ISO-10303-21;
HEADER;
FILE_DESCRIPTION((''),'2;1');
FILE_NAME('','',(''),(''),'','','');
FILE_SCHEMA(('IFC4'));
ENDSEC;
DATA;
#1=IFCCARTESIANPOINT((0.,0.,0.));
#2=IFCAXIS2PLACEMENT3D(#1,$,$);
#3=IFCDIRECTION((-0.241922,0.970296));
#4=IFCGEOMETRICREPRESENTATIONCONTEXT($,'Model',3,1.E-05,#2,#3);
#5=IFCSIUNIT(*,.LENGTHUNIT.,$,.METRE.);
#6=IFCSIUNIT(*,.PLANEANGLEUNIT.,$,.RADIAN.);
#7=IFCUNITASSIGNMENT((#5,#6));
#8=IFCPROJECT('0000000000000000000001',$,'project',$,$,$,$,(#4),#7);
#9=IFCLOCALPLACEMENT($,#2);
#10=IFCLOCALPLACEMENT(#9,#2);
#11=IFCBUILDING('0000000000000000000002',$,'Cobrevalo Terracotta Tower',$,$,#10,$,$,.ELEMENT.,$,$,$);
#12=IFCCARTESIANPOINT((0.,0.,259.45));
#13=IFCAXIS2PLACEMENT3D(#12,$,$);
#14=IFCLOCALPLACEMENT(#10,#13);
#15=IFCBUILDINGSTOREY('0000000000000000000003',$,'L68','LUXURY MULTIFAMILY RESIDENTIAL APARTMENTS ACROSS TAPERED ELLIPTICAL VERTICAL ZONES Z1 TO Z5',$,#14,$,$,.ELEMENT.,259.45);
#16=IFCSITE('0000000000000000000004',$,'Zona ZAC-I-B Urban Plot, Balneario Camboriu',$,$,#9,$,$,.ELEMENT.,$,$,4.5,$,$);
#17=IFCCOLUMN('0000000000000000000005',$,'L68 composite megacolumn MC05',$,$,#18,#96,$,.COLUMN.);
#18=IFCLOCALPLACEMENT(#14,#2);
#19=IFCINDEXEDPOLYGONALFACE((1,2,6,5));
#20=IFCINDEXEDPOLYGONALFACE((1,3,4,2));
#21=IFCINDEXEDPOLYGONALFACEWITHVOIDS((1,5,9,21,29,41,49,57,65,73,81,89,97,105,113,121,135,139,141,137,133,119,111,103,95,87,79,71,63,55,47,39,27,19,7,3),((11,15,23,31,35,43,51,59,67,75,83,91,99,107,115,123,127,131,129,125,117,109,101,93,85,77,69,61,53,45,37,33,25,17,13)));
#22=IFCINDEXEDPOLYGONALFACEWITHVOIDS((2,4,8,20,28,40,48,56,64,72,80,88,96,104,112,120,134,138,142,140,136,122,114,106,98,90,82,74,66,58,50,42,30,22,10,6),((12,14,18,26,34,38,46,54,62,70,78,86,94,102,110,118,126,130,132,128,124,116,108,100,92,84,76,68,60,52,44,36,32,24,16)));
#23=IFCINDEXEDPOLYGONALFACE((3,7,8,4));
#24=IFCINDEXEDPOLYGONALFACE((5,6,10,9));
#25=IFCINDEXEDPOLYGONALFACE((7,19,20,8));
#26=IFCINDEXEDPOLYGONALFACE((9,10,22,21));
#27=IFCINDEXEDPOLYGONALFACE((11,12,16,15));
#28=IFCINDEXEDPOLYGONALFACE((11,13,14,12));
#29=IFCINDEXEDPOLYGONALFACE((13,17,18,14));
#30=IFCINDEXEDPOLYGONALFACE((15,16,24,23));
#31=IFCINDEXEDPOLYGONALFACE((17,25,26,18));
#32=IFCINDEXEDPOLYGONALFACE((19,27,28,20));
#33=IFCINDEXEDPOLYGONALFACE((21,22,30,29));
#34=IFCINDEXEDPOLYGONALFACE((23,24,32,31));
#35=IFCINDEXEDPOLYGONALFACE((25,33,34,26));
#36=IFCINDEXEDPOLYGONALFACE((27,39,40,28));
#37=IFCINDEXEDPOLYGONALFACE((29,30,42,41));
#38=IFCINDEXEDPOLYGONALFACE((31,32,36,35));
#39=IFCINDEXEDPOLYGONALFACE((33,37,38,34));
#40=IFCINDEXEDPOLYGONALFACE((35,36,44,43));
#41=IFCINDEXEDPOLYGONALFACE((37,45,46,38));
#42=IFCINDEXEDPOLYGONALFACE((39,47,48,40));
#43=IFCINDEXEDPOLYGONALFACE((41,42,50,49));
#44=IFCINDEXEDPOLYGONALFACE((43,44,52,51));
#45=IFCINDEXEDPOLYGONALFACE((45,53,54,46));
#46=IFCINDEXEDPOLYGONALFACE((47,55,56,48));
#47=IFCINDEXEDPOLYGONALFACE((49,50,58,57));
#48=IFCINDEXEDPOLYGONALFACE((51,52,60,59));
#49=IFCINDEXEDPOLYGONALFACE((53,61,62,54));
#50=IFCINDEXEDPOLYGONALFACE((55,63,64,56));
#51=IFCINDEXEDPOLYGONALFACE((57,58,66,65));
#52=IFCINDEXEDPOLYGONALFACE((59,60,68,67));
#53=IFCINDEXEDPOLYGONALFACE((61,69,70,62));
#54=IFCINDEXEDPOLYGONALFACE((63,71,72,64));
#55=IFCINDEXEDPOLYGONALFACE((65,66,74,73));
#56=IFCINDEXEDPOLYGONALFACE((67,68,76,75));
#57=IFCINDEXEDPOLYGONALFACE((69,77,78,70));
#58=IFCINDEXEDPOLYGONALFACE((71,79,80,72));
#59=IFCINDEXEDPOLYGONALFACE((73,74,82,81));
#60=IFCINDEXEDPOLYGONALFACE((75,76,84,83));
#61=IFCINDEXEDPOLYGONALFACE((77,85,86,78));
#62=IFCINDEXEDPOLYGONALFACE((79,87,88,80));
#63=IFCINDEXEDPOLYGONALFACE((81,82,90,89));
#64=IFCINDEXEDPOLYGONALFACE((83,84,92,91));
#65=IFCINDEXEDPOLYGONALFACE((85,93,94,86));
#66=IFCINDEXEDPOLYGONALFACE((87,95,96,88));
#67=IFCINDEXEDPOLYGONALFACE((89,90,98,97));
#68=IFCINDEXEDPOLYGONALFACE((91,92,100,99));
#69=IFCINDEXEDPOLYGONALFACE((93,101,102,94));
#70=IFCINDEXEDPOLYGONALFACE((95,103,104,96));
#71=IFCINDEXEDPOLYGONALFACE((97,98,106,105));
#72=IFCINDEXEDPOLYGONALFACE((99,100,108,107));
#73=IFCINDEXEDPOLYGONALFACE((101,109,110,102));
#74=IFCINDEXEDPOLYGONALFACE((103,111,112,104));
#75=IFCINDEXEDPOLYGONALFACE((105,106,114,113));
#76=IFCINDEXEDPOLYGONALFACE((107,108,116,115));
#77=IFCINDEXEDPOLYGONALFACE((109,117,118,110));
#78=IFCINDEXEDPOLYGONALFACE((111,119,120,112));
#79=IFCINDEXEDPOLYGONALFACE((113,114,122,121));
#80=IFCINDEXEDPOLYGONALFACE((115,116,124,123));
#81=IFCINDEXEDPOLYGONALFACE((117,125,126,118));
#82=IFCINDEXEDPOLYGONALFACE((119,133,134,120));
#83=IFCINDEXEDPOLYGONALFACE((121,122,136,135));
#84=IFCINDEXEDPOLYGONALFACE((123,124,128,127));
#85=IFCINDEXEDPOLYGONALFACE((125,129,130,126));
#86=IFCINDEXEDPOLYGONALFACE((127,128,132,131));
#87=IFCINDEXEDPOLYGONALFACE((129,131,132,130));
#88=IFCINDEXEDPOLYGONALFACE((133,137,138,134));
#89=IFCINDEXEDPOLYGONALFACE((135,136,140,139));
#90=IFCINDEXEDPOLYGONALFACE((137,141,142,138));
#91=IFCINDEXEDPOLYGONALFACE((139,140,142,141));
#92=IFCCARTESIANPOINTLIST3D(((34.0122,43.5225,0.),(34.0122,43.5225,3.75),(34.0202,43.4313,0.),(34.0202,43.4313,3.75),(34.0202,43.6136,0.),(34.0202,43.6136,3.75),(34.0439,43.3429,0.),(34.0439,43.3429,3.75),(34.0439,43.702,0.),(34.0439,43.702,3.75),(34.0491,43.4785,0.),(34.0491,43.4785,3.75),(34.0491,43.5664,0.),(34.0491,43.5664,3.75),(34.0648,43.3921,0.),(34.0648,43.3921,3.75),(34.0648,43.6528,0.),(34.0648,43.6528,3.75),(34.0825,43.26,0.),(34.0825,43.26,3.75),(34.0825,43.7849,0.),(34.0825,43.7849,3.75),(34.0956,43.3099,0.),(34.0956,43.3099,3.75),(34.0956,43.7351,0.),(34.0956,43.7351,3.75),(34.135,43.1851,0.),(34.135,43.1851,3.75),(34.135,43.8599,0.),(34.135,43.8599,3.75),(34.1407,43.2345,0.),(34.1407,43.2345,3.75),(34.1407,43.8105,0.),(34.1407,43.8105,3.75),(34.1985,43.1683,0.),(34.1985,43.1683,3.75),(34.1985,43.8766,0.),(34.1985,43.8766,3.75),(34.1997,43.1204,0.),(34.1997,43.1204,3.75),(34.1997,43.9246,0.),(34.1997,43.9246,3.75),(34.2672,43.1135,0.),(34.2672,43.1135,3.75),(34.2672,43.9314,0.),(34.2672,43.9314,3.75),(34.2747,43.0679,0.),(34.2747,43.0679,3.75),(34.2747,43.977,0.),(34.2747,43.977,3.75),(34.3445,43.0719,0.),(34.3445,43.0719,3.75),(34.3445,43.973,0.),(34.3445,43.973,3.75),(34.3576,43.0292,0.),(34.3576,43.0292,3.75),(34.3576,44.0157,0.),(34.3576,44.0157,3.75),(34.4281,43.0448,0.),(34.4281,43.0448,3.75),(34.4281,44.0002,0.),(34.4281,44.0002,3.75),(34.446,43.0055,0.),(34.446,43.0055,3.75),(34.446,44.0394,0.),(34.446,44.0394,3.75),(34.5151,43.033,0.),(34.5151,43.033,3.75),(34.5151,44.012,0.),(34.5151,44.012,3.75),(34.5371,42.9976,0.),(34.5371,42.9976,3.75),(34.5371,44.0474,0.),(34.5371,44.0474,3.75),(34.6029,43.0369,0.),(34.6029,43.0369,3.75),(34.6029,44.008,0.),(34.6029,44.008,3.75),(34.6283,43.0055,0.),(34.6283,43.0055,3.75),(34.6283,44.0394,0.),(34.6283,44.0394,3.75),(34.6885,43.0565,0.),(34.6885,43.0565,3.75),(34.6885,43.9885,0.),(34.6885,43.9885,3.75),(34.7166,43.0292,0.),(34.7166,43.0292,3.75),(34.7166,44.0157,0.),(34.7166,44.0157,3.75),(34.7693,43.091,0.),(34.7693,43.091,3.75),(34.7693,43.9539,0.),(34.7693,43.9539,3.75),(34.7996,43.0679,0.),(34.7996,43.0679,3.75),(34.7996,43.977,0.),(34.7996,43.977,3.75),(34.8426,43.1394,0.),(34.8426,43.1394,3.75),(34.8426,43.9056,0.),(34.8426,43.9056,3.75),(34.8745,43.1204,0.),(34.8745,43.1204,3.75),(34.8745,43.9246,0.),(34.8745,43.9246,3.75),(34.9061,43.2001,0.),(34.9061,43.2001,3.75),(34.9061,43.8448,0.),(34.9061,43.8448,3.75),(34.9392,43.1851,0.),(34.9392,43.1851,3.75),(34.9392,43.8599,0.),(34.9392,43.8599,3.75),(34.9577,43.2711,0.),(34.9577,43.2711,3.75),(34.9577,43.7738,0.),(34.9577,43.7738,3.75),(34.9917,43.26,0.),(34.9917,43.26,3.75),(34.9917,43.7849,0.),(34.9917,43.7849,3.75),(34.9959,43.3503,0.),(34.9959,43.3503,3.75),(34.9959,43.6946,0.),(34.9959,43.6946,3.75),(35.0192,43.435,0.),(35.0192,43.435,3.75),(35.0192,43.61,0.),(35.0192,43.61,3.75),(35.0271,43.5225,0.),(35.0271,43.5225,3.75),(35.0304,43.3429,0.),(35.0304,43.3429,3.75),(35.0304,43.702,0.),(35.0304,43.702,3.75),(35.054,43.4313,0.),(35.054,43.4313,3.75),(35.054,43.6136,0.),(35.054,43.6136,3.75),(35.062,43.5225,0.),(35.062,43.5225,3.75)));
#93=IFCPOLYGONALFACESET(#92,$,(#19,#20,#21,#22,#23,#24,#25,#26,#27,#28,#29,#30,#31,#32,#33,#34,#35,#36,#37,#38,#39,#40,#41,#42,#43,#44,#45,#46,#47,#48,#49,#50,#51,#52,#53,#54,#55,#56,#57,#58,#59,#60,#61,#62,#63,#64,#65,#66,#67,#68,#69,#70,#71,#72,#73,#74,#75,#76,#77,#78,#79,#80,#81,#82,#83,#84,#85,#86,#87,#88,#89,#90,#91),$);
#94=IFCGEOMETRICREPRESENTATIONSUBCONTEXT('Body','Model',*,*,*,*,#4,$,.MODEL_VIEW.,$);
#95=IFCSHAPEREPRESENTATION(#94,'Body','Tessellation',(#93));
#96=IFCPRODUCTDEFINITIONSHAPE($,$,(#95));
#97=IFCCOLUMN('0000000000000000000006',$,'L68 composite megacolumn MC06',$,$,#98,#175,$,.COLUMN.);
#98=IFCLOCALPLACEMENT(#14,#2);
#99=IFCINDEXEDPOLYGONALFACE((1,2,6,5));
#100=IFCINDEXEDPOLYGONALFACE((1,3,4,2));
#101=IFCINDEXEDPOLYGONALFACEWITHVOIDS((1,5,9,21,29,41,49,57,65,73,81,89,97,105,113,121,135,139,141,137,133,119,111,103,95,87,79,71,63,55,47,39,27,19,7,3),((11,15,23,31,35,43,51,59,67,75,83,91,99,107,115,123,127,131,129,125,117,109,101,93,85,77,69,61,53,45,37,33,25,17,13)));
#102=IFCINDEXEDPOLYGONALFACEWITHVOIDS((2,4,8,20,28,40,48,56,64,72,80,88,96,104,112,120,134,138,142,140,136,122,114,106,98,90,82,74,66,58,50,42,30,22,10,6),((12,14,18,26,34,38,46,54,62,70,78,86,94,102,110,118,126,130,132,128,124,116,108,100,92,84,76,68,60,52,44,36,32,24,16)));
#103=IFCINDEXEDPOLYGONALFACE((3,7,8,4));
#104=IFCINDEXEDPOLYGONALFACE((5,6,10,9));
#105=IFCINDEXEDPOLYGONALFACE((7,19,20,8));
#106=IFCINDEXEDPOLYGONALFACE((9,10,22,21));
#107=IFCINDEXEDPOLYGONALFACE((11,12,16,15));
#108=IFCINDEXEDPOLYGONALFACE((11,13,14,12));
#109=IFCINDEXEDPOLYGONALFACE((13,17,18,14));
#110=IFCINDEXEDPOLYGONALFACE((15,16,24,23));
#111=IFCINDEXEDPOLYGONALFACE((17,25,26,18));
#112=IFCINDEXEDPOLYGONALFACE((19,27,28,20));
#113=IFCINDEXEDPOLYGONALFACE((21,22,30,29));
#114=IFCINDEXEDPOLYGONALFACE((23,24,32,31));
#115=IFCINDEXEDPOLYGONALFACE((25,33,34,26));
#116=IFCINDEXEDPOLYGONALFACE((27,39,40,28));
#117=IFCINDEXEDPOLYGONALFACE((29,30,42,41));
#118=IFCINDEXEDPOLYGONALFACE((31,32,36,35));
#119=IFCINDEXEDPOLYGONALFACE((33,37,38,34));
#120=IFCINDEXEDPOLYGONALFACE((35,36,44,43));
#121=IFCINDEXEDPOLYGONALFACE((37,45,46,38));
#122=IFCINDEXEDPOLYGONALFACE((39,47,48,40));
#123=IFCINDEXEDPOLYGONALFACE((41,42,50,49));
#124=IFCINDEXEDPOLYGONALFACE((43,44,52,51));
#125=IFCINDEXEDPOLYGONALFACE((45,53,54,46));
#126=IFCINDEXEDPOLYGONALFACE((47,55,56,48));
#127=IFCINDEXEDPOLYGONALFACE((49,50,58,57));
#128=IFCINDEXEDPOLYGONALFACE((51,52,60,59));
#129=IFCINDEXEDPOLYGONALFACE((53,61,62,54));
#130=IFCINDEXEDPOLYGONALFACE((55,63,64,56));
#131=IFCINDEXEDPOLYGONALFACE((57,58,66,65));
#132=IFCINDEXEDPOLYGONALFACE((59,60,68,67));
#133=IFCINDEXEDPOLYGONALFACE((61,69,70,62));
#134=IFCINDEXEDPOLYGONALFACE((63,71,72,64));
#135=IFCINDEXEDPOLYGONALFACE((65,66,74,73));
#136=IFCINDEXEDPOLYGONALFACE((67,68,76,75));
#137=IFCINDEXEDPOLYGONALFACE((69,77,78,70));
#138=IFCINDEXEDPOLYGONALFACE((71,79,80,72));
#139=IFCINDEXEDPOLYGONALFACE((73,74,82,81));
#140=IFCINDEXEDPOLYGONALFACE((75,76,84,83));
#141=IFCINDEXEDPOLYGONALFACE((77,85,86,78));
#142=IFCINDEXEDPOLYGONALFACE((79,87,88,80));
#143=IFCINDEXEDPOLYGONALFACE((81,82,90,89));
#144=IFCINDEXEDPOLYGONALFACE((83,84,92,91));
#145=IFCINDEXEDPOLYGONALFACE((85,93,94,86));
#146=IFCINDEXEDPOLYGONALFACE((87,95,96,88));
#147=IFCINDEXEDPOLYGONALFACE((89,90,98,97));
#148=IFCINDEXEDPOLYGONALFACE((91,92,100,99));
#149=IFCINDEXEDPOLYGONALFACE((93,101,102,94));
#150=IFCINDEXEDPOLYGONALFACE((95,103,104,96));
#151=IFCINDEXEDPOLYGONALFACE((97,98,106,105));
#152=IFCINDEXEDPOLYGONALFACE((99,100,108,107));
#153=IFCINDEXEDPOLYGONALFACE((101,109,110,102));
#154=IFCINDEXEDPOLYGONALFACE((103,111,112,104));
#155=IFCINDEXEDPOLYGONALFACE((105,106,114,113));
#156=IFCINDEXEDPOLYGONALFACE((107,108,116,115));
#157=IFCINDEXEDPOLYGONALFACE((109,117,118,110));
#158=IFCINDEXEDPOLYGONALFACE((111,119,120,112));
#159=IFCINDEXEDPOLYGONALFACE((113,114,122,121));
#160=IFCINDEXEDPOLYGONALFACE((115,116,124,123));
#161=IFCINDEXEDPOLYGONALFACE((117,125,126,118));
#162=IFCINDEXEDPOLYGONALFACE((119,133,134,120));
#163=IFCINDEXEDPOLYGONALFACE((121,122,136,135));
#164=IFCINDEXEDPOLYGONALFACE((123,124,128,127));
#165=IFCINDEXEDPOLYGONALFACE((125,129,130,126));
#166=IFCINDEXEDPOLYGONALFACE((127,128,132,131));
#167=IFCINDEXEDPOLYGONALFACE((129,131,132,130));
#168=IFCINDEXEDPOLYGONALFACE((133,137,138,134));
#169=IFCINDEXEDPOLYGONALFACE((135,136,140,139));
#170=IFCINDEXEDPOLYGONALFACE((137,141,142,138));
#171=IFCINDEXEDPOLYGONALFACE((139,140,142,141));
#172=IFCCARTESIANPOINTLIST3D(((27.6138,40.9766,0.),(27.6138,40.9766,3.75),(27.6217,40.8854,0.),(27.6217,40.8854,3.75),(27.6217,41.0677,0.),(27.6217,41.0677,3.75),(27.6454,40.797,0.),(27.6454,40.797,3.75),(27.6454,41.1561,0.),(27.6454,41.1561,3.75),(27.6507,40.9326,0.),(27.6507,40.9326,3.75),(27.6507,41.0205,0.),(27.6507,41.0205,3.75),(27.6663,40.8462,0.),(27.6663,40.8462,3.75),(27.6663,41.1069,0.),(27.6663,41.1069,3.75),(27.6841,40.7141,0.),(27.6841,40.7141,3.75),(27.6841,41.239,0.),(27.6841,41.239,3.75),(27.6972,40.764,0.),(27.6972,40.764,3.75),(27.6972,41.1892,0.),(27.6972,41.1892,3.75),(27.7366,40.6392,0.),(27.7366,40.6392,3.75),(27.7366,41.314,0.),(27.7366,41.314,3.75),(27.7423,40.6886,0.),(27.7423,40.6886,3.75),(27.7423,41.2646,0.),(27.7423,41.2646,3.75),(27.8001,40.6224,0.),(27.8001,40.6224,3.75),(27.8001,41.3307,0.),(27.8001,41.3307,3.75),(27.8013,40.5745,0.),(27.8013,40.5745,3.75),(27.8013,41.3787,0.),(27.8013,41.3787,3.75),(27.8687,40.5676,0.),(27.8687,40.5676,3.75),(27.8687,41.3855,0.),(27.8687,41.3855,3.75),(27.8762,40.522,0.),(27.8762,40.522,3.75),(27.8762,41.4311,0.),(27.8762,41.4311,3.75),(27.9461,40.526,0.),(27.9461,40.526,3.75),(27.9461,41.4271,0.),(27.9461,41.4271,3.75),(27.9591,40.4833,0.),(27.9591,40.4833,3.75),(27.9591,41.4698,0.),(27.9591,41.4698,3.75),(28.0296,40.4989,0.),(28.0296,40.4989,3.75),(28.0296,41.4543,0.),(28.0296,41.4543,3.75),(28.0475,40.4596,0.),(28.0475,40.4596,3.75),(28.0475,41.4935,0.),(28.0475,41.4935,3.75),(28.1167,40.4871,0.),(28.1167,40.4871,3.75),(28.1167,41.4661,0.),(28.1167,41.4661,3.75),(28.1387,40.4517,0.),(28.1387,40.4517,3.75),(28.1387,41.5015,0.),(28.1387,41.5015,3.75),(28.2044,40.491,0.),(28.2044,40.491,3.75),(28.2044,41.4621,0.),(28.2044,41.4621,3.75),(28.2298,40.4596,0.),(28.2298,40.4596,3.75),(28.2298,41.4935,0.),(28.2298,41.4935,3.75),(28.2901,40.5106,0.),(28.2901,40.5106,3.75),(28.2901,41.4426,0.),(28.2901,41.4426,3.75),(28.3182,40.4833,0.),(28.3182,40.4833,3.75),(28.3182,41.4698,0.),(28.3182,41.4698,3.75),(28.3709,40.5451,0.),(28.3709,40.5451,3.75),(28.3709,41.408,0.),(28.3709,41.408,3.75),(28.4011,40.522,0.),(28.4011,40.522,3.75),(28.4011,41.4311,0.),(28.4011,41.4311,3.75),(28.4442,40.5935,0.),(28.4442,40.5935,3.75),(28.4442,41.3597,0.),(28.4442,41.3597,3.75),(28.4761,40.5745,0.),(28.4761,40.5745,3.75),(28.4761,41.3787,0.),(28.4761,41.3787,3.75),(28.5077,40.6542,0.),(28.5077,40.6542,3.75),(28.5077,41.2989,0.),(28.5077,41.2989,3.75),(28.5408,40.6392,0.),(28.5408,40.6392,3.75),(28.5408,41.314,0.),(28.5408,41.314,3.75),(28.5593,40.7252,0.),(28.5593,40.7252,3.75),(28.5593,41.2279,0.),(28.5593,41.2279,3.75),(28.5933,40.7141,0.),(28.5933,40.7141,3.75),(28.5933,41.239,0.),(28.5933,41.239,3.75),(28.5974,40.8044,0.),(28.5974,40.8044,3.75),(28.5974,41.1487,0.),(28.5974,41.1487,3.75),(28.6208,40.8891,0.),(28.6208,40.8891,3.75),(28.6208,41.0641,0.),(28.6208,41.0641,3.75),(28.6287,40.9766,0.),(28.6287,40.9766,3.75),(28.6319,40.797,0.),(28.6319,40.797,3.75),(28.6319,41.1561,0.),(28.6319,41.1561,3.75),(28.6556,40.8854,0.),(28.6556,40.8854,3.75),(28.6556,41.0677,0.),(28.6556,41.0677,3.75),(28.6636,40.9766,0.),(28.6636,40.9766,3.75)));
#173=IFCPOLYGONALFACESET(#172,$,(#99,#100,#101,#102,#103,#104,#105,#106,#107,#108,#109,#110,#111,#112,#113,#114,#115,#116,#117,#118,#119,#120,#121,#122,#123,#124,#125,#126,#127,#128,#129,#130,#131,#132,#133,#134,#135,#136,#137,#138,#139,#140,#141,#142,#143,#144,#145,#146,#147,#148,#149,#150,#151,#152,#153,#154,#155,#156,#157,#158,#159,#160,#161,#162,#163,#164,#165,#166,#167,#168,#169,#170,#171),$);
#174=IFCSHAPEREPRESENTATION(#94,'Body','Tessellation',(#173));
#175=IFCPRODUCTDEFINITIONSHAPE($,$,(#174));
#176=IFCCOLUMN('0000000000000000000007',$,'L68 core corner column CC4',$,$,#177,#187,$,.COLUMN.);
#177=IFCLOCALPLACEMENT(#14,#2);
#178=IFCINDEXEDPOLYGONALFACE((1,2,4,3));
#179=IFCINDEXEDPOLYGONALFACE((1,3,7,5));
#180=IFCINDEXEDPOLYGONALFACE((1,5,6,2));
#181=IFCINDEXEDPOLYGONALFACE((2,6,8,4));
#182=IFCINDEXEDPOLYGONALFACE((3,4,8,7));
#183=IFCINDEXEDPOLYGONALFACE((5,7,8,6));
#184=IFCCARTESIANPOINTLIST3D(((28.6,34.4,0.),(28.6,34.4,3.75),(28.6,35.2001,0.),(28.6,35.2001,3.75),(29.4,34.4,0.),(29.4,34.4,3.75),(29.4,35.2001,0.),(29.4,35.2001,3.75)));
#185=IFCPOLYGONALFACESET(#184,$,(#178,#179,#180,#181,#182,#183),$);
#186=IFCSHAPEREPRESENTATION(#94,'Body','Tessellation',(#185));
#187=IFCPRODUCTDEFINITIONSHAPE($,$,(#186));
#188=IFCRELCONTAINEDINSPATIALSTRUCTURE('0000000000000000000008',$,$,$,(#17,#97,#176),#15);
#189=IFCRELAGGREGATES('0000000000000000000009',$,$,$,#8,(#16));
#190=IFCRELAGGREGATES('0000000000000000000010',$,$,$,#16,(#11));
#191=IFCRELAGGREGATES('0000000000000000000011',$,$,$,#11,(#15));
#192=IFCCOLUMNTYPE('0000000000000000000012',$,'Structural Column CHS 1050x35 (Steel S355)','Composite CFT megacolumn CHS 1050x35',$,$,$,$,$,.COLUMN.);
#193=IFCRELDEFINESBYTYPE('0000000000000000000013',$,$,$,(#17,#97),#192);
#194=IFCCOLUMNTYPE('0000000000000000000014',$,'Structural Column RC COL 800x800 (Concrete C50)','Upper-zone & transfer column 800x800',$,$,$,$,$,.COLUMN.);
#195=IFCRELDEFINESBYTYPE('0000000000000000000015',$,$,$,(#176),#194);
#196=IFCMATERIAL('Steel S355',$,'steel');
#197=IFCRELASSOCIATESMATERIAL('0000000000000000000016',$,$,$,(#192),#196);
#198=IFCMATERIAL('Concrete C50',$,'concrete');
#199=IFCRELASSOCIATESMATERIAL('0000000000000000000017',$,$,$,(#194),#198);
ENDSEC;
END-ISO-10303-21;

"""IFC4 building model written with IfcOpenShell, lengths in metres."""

from ifc_helpers import new_model, si_unit, direction, frame, origin, origin_2d, place, context, subcontext, project, spatial, rectangle, hollow_circle, extrude, material, material_profile, profile_set, type_object, element, save


model = new_model("IFC4")

# Units and contexts
model_context = context("Model", 3, precision=1e-05, world=origin(), true_north=direction((-0.241922, 0.970296)))
body_context = subcontext(model_context, "Body", "Model", "MODEL_VIEW")
ifc_project = project(units=[si_unit("LENGTHUNIT", "METRE"), si_unit("PLANEANGLEUNIT", "RADIAN")], contexts=[model_context])

# Site, building, storey
site_placement = place(None, origin())
site = spatial("IfcSite", under=ifc_project, at=site_placement, Name="Zona ZAC-I-B Urban Plot, Balneario Camboriu", CompositionType="ELEMENT", RefElevation=4.5)
building_placement = place(site_placement, origin())
building = spatial("IfcBuilding", under=site, at=building_placement, Name="Cobrevalo Terracotta Tower", CompositionType="ELEMENT")
storey_placement = place(building_placement, frame((0.0, 0.0, 259.45)))
storey = spatial("IfcBuildingStorey", under=building, at=storey_placement, Name="L68", Description="LUXURY MULTIFAMILY RESIDENTIAL APARTMENTS ACROSS TAPERED ELLIPTICAL VERTICAL ZONES Z1 TO Z5", CompositionType="ELEMENT", Elevation=259.45)

# Columns
ifc_material_1 = material(Name="Steel S355", Category="steel")
ifc_material_profile_1 = material_profile(ifc_material_1, hollow_circle(Radius=0.5249, WallThickness=0.0349, at=origin_2d()), Name="CHS 1050x35")
ifc_profile_set_1 = profile_set([ifc_material_profile_1], Name="Steel S355")
column_type_1 = type_object("IfcColumnType", Name="Structural Column CHS 1050x35 (Steel S355)", Description="Composite CFT megacolumn CHS 1050x35", PredefinedType="COLUMN", material=ifc_profile_set_1)
for number, where, z_axis, x_axis, name in (
    (1, (34.5371, 43.5225, 0.0), (0.0, 0.0, 1.0), (1.0, 0.0, 0.0), "L68 composite megacolumn MC05"),
    (2, (28.1387, 40.9766, 0.0), (0.0, 0.0, 1.0), (1.0, 0.0, 0.0), "L68 composite megacolumn MC06"),
):
    element("IfcColumn", number, at=place(storey_placement, frame(where, z_axis=z_axis, x_axis=x_axis)), inside=storey, type_object=column_type_1, Name=name, PredefinedType="COLUMN", context=body_context, shape_type="SweptSolid", body=[
        extrude(hollow_circle(Radius=0.5249, WallThickness=0.0349, at=origin_2d()), origin(), (0.0, 0.0, 1.0), 3.75),
    ])
ifc_material_2 = material(Name="Concrete C50", Category="concrete")
ifc_material_profile_2 = material_profile(ifc_material_2, rectangle(XDim=0.8, YDim=0.8, at=origin_2d()), Name="RC COL 800x800")
ifc_profile_set_2 = profile_set([ifc_material_profile_2], Name="Concrete C50")
column_type_2 = type_object("IfcColumnType", Name="Structural Column RC COL 800x800 (Concrete C50)", Description="Upper-zone & transfer column 800x800", PredefinedType="COLUMN", material=ifc_profile_set_2)
column_placement = place(storey_placement, frame((29.0, 34.8, 0.0), z_axis=(0.0, 0.0, 1.0), x_axis=(1.0, 0.0, 0.0)))
element("IfcColumn", 3, at=column_placement, inside=storey, type_object=column_type_2, Name="L68 core corner column CC4", PredefinedType="COLUMN", context=body_context, shape_type="SweptSolid", body=[
    extrude(rectangle(XDim=0.8, YDim=0.8, at=origin_2d()), origin(), (0.0, 0.0, 1.0), 3.75),
])

save(model, "model.ifc")
